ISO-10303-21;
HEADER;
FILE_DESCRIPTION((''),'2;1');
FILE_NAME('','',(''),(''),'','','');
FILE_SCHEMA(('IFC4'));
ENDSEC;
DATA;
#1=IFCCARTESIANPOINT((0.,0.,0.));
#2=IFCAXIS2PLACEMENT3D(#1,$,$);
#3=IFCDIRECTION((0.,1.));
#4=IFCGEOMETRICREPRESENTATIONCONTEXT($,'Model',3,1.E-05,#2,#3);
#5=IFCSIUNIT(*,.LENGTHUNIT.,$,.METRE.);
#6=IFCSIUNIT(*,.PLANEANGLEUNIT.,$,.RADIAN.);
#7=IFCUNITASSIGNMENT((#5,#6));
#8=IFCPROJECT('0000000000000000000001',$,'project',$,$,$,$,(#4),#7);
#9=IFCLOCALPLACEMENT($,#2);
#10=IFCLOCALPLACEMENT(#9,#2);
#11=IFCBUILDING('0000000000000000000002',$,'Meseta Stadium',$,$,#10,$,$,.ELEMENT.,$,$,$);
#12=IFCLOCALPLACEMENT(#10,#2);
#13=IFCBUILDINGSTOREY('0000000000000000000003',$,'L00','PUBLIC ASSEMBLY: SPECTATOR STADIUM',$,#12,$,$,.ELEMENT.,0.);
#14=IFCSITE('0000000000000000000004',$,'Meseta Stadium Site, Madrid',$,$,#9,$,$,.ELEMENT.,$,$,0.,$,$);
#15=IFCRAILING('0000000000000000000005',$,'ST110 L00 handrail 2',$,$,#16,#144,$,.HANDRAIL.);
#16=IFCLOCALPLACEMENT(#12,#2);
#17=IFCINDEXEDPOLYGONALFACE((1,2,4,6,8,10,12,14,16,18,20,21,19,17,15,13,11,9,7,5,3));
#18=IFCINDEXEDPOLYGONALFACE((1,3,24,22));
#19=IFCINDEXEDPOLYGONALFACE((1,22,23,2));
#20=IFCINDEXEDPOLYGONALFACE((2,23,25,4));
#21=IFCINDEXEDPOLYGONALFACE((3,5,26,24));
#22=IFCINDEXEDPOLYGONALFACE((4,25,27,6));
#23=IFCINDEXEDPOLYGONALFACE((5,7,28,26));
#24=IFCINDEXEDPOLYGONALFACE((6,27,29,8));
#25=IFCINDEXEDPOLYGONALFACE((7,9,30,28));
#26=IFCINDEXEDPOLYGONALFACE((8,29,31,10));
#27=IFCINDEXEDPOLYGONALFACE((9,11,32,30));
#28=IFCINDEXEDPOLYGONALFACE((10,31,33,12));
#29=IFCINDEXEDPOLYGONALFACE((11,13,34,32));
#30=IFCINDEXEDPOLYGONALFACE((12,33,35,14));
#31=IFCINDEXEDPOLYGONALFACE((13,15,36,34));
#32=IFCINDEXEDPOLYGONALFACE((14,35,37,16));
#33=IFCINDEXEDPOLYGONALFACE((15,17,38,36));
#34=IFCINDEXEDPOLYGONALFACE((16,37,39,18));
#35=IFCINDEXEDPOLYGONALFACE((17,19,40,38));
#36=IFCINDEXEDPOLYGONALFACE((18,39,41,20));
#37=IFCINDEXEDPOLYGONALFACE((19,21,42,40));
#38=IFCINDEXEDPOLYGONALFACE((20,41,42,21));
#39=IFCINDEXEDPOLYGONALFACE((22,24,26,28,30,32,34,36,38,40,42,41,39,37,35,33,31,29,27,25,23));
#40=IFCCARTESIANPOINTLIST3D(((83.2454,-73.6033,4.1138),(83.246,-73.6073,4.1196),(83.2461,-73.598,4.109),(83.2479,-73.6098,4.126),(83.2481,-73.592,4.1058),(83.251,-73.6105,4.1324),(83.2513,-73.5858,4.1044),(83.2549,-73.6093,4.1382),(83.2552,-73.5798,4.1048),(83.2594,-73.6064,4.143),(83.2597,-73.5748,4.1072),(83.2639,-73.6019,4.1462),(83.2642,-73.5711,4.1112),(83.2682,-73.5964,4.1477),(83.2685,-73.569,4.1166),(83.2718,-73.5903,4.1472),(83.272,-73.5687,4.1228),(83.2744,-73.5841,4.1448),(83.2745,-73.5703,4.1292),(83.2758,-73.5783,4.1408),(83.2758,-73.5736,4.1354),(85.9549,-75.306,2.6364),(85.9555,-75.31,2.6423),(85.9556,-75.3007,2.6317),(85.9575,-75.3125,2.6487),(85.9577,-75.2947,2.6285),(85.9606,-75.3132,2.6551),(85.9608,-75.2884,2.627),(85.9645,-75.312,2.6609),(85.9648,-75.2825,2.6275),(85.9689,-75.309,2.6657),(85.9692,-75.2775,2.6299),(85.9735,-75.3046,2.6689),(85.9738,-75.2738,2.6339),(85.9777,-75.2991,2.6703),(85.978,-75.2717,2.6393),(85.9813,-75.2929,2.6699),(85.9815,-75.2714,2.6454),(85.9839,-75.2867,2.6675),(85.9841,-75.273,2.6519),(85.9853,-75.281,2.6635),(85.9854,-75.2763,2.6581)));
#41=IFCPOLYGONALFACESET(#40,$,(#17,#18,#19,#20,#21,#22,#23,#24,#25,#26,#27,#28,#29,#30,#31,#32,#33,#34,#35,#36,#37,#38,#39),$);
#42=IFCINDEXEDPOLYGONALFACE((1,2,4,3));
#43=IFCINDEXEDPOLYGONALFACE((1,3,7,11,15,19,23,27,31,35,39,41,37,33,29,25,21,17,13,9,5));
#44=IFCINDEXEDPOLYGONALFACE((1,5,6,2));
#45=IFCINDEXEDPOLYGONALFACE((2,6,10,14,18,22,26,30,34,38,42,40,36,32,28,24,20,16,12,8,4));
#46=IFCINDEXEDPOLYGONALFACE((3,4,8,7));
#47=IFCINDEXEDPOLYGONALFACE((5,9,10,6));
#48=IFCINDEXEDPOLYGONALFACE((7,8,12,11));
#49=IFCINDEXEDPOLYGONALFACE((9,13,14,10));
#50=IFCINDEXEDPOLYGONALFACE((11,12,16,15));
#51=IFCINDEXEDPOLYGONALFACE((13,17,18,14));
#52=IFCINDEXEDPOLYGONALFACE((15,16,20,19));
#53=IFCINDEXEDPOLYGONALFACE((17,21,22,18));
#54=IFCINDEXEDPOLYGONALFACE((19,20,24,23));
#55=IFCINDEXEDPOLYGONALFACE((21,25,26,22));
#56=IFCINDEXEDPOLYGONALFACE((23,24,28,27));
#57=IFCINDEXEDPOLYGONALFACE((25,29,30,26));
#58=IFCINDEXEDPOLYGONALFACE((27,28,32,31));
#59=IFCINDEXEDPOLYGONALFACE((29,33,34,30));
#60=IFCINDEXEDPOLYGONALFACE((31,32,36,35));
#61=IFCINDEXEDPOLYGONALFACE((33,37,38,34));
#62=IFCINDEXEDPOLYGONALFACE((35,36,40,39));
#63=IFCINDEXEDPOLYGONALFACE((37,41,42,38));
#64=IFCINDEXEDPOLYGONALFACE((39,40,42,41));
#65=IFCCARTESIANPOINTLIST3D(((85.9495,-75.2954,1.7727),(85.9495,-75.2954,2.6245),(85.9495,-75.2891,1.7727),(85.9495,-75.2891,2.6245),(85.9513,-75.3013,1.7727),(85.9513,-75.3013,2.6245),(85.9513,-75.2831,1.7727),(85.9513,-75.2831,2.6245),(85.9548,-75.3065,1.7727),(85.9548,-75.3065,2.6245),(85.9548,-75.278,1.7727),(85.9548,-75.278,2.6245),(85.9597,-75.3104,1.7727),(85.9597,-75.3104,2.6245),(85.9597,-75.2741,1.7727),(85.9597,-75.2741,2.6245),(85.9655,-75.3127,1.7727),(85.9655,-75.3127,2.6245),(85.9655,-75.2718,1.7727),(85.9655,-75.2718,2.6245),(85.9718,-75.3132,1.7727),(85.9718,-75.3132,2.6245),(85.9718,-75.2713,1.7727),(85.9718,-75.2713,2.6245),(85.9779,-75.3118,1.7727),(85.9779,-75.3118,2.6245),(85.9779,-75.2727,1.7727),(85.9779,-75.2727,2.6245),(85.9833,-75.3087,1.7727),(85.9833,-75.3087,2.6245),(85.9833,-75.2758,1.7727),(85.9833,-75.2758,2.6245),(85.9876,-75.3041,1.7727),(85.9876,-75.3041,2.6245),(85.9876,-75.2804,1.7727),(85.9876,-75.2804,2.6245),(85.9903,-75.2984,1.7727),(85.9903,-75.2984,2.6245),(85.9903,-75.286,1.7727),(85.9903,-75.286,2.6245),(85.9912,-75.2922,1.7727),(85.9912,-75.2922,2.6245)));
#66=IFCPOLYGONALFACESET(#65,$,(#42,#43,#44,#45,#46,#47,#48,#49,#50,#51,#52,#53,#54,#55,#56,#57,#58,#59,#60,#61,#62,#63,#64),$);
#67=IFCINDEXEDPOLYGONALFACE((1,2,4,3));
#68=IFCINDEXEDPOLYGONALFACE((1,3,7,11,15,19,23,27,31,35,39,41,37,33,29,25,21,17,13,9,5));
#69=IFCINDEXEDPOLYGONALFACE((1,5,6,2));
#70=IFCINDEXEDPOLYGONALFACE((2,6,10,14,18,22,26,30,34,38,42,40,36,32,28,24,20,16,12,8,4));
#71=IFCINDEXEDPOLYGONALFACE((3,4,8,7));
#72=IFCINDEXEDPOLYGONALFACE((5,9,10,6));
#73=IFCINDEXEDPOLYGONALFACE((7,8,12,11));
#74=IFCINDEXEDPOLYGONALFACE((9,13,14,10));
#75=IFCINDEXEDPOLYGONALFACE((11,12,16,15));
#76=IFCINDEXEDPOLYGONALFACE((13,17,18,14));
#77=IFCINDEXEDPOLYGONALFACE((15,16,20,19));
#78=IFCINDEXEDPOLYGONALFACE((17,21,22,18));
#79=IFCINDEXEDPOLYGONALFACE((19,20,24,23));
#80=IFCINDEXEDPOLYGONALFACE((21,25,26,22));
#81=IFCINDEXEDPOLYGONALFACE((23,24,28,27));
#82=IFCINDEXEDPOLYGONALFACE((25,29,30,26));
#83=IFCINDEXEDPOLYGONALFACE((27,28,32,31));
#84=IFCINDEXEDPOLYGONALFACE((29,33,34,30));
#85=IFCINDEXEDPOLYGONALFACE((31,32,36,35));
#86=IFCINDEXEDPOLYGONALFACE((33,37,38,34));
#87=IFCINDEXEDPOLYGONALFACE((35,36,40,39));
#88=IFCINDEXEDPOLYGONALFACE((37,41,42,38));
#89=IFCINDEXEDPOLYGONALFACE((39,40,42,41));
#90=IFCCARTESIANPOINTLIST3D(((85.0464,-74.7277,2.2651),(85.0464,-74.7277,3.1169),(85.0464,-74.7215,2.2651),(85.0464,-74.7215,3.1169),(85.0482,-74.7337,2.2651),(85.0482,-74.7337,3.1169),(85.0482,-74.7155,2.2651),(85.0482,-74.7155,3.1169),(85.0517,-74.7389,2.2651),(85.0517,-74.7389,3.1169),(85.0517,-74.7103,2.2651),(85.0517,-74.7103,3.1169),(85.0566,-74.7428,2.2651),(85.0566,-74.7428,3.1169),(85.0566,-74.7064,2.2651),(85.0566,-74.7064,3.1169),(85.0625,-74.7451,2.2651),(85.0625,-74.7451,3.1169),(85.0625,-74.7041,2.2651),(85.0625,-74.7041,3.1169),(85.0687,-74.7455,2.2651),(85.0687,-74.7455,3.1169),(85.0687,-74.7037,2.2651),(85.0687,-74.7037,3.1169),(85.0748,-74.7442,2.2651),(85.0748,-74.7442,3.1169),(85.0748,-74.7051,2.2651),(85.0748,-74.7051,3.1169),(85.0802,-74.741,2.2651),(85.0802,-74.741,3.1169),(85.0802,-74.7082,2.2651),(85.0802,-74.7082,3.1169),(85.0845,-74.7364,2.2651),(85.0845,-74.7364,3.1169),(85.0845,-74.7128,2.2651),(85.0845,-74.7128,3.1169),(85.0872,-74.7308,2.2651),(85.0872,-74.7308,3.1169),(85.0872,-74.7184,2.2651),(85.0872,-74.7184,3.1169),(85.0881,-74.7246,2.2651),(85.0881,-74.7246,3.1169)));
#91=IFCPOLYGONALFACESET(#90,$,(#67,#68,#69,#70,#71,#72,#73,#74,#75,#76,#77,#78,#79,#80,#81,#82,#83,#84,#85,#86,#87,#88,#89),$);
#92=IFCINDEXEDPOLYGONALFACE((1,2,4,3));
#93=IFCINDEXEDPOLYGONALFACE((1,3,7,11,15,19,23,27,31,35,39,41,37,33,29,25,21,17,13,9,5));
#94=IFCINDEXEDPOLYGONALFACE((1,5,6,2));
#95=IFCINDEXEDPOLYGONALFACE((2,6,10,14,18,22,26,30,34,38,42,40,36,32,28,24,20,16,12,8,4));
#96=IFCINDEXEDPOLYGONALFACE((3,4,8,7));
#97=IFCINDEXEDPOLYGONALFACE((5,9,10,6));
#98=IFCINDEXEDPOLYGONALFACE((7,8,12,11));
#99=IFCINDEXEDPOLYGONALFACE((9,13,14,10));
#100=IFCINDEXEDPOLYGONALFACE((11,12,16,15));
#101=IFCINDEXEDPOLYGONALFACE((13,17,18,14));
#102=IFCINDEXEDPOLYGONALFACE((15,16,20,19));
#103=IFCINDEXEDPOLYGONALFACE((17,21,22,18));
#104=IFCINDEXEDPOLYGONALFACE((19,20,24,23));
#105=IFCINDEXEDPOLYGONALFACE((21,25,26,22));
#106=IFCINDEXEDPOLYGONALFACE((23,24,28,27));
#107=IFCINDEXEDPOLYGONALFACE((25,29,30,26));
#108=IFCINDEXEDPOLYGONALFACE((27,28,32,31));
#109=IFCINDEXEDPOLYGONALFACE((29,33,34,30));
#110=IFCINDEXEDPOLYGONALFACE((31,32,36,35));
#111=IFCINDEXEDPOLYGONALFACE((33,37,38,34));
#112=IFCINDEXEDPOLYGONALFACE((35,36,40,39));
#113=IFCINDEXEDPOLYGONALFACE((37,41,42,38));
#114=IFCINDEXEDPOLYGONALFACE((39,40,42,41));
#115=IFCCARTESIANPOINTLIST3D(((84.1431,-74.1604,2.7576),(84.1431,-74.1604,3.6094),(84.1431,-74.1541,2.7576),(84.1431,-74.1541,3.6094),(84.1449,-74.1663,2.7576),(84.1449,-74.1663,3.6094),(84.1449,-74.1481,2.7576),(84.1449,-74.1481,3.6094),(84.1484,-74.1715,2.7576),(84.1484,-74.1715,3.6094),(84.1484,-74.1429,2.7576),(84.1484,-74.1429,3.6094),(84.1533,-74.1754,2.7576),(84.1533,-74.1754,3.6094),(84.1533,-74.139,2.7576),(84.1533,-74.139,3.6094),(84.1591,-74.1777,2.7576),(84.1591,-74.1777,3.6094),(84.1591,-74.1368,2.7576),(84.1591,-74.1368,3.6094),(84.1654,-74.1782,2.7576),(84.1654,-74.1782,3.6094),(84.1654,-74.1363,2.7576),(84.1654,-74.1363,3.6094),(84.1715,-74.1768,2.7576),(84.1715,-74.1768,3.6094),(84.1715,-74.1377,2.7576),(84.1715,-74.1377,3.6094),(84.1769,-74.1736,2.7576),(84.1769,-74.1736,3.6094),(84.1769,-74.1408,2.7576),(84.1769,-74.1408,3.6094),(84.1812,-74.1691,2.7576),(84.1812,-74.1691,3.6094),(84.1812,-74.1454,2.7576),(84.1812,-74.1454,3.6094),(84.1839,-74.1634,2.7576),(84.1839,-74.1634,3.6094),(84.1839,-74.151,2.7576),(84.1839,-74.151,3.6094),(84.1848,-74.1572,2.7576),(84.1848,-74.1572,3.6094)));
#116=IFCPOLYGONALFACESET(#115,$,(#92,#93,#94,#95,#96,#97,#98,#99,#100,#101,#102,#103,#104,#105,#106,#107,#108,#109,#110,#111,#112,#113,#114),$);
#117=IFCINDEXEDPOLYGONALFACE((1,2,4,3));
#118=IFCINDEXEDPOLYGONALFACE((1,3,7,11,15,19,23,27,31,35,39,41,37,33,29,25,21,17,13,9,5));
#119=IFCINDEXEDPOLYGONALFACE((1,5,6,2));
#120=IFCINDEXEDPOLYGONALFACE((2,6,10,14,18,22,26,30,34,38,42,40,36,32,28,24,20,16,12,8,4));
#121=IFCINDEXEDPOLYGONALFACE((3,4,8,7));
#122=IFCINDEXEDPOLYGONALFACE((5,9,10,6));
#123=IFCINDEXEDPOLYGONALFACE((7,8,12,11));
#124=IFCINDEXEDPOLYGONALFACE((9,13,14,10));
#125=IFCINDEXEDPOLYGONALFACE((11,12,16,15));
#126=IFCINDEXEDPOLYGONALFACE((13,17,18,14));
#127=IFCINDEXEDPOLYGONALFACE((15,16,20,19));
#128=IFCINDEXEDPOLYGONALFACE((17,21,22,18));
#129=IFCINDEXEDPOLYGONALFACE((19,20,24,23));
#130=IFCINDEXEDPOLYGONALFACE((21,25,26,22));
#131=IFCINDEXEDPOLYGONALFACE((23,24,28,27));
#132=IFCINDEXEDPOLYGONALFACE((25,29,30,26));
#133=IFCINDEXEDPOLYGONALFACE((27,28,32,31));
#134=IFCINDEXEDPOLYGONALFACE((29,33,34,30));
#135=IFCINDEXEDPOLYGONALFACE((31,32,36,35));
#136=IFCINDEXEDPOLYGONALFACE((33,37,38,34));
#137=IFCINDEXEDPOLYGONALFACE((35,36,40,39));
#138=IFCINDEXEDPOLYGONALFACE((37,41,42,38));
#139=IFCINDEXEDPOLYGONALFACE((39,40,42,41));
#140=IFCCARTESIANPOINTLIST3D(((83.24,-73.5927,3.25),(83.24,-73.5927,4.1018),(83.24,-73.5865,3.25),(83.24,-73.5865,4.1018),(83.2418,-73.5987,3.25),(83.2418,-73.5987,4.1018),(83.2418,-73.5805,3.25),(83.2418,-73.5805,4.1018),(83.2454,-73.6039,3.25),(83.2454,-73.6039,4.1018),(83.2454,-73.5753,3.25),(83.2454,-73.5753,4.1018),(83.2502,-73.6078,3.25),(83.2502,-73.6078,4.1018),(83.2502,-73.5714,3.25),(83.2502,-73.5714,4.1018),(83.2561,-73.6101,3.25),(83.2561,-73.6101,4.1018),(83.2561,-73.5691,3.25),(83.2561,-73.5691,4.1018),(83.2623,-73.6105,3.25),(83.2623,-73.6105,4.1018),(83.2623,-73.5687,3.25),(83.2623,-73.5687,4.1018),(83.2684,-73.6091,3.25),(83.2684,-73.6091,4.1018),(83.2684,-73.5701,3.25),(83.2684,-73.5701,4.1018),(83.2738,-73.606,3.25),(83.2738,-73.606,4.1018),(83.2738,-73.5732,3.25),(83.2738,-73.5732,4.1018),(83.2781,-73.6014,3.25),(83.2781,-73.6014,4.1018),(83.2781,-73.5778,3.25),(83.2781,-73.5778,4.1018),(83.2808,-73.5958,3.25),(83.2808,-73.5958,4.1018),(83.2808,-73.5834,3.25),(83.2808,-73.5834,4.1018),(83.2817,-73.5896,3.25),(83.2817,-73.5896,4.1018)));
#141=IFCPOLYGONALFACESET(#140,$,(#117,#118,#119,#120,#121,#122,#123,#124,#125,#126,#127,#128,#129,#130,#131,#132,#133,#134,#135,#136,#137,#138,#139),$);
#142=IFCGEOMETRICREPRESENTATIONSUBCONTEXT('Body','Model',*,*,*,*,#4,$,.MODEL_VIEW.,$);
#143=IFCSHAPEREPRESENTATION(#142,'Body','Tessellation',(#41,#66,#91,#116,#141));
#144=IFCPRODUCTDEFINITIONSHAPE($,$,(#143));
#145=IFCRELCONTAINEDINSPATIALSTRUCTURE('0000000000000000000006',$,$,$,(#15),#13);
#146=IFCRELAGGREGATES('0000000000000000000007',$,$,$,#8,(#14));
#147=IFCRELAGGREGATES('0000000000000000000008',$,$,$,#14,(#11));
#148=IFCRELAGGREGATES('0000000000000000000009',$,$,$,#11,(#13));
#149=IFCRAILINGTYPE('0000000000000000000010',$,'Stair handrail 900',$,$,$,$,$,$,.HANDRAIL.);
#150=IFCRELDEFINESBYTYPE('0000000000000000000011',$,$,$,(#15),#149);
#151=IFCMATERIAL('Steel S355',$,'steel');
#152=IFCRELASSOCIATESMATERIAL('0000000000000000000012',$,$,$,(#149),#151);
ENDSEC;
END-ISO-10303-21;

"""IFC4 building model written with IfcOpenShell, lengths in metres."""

from ifc_helpers import new_model, si_unit, direction, frame, origin, origin_2d, place, context, subcontext, project, spatial, circle, extrude, material, type_object, element, save


model = new_model("IFC4")

# Units and contexts
model_context = context("Model", 3, precision=1e-05, world=origin(), true_north=direction((0.0, 1.0)))
body_context = subcontext(model_context, "Body", "Model", "MODEL_VIEW")
ifc_project = project(units=[si_unit("LENGTHUNIT", "METRE"), si_unit("PLANEANGLEUNIT", "RADIAN")], contexts=[model_context])

# Site, building, storey
site_placement = place(None, origin())
site = spatial("IfcSite", under=ifc_project, at=site_placement, Name="Meseta Stadium Site, Madrid", CompositionType="ELEMENT", RefElevation=0.0)
building_placement = place(site_placement, origin())
building = spatial("IfcBuilding", under=site, at=building_placement, Name="Meseta Stadium", CompositionType="ELEMENT")
storey_placement = place(building_placement, origin())
storey = spatial("IfcBuildingStorey", under=building, at=storey_placement, Name="L00", Description="PUBLIC ASSEMBLY: SPECTATOR STADIUM", CompositionType="ELEMENT", Elevation=0.0)

# Railing
ifc_material_1 = material(Name="Steel S355", Category="steel")
railing_type_1 = type_object("IfcRailingType", Name="Stair handrail 900", PredefinedType="HANDRAIL", material=ifc_material_1)
railing_1_placement = place(storey_placement, frame((85.9702, -75.2922, 1.7727)))
element("IfcRailing", 1, at=railing_1_placement, inside=storey, type_object=railing_type_1, Name="ST110 L00 handrail 2", PredefinedType="HANDRAIL", context=body_context, shape_type="SweptSolid", body=[
    extrude(circle(Radius=0.0239, at=origin_2d()), frame((0.0, 0.0, 0.876), z_axis=(-0.768738, 0.483076, 0.419142), x_axis=(-0.532068, -0.846701, 0.0)), (0.0, 0.0, 1.0), 3.5247),
    extrude(circle(Radius=0.021, at=origin_2d()), origin(), (0.0, 0.0, 1.0), 0.8518),
    extrude(circle(Radius=0.021, at=origin_2d()), frame((-0.9031, 0.5676, 0.4924)), (0.0, 0.0, 1.0), 0.8518),
    extrude(circle(Radius=0.021, at=origin_2d()), frame((-1.8064, 1.135, 0.9849)), (0.0, 0.0, 1.0), 0.8518),
    extrude(circle(Radius=0.021, at=origin_2d()), frame((-2.7095, 1.7026, 1.4773)), (0.0, 0.0, 1.0), 0.8518),
])

save(model, "model.ifc")
